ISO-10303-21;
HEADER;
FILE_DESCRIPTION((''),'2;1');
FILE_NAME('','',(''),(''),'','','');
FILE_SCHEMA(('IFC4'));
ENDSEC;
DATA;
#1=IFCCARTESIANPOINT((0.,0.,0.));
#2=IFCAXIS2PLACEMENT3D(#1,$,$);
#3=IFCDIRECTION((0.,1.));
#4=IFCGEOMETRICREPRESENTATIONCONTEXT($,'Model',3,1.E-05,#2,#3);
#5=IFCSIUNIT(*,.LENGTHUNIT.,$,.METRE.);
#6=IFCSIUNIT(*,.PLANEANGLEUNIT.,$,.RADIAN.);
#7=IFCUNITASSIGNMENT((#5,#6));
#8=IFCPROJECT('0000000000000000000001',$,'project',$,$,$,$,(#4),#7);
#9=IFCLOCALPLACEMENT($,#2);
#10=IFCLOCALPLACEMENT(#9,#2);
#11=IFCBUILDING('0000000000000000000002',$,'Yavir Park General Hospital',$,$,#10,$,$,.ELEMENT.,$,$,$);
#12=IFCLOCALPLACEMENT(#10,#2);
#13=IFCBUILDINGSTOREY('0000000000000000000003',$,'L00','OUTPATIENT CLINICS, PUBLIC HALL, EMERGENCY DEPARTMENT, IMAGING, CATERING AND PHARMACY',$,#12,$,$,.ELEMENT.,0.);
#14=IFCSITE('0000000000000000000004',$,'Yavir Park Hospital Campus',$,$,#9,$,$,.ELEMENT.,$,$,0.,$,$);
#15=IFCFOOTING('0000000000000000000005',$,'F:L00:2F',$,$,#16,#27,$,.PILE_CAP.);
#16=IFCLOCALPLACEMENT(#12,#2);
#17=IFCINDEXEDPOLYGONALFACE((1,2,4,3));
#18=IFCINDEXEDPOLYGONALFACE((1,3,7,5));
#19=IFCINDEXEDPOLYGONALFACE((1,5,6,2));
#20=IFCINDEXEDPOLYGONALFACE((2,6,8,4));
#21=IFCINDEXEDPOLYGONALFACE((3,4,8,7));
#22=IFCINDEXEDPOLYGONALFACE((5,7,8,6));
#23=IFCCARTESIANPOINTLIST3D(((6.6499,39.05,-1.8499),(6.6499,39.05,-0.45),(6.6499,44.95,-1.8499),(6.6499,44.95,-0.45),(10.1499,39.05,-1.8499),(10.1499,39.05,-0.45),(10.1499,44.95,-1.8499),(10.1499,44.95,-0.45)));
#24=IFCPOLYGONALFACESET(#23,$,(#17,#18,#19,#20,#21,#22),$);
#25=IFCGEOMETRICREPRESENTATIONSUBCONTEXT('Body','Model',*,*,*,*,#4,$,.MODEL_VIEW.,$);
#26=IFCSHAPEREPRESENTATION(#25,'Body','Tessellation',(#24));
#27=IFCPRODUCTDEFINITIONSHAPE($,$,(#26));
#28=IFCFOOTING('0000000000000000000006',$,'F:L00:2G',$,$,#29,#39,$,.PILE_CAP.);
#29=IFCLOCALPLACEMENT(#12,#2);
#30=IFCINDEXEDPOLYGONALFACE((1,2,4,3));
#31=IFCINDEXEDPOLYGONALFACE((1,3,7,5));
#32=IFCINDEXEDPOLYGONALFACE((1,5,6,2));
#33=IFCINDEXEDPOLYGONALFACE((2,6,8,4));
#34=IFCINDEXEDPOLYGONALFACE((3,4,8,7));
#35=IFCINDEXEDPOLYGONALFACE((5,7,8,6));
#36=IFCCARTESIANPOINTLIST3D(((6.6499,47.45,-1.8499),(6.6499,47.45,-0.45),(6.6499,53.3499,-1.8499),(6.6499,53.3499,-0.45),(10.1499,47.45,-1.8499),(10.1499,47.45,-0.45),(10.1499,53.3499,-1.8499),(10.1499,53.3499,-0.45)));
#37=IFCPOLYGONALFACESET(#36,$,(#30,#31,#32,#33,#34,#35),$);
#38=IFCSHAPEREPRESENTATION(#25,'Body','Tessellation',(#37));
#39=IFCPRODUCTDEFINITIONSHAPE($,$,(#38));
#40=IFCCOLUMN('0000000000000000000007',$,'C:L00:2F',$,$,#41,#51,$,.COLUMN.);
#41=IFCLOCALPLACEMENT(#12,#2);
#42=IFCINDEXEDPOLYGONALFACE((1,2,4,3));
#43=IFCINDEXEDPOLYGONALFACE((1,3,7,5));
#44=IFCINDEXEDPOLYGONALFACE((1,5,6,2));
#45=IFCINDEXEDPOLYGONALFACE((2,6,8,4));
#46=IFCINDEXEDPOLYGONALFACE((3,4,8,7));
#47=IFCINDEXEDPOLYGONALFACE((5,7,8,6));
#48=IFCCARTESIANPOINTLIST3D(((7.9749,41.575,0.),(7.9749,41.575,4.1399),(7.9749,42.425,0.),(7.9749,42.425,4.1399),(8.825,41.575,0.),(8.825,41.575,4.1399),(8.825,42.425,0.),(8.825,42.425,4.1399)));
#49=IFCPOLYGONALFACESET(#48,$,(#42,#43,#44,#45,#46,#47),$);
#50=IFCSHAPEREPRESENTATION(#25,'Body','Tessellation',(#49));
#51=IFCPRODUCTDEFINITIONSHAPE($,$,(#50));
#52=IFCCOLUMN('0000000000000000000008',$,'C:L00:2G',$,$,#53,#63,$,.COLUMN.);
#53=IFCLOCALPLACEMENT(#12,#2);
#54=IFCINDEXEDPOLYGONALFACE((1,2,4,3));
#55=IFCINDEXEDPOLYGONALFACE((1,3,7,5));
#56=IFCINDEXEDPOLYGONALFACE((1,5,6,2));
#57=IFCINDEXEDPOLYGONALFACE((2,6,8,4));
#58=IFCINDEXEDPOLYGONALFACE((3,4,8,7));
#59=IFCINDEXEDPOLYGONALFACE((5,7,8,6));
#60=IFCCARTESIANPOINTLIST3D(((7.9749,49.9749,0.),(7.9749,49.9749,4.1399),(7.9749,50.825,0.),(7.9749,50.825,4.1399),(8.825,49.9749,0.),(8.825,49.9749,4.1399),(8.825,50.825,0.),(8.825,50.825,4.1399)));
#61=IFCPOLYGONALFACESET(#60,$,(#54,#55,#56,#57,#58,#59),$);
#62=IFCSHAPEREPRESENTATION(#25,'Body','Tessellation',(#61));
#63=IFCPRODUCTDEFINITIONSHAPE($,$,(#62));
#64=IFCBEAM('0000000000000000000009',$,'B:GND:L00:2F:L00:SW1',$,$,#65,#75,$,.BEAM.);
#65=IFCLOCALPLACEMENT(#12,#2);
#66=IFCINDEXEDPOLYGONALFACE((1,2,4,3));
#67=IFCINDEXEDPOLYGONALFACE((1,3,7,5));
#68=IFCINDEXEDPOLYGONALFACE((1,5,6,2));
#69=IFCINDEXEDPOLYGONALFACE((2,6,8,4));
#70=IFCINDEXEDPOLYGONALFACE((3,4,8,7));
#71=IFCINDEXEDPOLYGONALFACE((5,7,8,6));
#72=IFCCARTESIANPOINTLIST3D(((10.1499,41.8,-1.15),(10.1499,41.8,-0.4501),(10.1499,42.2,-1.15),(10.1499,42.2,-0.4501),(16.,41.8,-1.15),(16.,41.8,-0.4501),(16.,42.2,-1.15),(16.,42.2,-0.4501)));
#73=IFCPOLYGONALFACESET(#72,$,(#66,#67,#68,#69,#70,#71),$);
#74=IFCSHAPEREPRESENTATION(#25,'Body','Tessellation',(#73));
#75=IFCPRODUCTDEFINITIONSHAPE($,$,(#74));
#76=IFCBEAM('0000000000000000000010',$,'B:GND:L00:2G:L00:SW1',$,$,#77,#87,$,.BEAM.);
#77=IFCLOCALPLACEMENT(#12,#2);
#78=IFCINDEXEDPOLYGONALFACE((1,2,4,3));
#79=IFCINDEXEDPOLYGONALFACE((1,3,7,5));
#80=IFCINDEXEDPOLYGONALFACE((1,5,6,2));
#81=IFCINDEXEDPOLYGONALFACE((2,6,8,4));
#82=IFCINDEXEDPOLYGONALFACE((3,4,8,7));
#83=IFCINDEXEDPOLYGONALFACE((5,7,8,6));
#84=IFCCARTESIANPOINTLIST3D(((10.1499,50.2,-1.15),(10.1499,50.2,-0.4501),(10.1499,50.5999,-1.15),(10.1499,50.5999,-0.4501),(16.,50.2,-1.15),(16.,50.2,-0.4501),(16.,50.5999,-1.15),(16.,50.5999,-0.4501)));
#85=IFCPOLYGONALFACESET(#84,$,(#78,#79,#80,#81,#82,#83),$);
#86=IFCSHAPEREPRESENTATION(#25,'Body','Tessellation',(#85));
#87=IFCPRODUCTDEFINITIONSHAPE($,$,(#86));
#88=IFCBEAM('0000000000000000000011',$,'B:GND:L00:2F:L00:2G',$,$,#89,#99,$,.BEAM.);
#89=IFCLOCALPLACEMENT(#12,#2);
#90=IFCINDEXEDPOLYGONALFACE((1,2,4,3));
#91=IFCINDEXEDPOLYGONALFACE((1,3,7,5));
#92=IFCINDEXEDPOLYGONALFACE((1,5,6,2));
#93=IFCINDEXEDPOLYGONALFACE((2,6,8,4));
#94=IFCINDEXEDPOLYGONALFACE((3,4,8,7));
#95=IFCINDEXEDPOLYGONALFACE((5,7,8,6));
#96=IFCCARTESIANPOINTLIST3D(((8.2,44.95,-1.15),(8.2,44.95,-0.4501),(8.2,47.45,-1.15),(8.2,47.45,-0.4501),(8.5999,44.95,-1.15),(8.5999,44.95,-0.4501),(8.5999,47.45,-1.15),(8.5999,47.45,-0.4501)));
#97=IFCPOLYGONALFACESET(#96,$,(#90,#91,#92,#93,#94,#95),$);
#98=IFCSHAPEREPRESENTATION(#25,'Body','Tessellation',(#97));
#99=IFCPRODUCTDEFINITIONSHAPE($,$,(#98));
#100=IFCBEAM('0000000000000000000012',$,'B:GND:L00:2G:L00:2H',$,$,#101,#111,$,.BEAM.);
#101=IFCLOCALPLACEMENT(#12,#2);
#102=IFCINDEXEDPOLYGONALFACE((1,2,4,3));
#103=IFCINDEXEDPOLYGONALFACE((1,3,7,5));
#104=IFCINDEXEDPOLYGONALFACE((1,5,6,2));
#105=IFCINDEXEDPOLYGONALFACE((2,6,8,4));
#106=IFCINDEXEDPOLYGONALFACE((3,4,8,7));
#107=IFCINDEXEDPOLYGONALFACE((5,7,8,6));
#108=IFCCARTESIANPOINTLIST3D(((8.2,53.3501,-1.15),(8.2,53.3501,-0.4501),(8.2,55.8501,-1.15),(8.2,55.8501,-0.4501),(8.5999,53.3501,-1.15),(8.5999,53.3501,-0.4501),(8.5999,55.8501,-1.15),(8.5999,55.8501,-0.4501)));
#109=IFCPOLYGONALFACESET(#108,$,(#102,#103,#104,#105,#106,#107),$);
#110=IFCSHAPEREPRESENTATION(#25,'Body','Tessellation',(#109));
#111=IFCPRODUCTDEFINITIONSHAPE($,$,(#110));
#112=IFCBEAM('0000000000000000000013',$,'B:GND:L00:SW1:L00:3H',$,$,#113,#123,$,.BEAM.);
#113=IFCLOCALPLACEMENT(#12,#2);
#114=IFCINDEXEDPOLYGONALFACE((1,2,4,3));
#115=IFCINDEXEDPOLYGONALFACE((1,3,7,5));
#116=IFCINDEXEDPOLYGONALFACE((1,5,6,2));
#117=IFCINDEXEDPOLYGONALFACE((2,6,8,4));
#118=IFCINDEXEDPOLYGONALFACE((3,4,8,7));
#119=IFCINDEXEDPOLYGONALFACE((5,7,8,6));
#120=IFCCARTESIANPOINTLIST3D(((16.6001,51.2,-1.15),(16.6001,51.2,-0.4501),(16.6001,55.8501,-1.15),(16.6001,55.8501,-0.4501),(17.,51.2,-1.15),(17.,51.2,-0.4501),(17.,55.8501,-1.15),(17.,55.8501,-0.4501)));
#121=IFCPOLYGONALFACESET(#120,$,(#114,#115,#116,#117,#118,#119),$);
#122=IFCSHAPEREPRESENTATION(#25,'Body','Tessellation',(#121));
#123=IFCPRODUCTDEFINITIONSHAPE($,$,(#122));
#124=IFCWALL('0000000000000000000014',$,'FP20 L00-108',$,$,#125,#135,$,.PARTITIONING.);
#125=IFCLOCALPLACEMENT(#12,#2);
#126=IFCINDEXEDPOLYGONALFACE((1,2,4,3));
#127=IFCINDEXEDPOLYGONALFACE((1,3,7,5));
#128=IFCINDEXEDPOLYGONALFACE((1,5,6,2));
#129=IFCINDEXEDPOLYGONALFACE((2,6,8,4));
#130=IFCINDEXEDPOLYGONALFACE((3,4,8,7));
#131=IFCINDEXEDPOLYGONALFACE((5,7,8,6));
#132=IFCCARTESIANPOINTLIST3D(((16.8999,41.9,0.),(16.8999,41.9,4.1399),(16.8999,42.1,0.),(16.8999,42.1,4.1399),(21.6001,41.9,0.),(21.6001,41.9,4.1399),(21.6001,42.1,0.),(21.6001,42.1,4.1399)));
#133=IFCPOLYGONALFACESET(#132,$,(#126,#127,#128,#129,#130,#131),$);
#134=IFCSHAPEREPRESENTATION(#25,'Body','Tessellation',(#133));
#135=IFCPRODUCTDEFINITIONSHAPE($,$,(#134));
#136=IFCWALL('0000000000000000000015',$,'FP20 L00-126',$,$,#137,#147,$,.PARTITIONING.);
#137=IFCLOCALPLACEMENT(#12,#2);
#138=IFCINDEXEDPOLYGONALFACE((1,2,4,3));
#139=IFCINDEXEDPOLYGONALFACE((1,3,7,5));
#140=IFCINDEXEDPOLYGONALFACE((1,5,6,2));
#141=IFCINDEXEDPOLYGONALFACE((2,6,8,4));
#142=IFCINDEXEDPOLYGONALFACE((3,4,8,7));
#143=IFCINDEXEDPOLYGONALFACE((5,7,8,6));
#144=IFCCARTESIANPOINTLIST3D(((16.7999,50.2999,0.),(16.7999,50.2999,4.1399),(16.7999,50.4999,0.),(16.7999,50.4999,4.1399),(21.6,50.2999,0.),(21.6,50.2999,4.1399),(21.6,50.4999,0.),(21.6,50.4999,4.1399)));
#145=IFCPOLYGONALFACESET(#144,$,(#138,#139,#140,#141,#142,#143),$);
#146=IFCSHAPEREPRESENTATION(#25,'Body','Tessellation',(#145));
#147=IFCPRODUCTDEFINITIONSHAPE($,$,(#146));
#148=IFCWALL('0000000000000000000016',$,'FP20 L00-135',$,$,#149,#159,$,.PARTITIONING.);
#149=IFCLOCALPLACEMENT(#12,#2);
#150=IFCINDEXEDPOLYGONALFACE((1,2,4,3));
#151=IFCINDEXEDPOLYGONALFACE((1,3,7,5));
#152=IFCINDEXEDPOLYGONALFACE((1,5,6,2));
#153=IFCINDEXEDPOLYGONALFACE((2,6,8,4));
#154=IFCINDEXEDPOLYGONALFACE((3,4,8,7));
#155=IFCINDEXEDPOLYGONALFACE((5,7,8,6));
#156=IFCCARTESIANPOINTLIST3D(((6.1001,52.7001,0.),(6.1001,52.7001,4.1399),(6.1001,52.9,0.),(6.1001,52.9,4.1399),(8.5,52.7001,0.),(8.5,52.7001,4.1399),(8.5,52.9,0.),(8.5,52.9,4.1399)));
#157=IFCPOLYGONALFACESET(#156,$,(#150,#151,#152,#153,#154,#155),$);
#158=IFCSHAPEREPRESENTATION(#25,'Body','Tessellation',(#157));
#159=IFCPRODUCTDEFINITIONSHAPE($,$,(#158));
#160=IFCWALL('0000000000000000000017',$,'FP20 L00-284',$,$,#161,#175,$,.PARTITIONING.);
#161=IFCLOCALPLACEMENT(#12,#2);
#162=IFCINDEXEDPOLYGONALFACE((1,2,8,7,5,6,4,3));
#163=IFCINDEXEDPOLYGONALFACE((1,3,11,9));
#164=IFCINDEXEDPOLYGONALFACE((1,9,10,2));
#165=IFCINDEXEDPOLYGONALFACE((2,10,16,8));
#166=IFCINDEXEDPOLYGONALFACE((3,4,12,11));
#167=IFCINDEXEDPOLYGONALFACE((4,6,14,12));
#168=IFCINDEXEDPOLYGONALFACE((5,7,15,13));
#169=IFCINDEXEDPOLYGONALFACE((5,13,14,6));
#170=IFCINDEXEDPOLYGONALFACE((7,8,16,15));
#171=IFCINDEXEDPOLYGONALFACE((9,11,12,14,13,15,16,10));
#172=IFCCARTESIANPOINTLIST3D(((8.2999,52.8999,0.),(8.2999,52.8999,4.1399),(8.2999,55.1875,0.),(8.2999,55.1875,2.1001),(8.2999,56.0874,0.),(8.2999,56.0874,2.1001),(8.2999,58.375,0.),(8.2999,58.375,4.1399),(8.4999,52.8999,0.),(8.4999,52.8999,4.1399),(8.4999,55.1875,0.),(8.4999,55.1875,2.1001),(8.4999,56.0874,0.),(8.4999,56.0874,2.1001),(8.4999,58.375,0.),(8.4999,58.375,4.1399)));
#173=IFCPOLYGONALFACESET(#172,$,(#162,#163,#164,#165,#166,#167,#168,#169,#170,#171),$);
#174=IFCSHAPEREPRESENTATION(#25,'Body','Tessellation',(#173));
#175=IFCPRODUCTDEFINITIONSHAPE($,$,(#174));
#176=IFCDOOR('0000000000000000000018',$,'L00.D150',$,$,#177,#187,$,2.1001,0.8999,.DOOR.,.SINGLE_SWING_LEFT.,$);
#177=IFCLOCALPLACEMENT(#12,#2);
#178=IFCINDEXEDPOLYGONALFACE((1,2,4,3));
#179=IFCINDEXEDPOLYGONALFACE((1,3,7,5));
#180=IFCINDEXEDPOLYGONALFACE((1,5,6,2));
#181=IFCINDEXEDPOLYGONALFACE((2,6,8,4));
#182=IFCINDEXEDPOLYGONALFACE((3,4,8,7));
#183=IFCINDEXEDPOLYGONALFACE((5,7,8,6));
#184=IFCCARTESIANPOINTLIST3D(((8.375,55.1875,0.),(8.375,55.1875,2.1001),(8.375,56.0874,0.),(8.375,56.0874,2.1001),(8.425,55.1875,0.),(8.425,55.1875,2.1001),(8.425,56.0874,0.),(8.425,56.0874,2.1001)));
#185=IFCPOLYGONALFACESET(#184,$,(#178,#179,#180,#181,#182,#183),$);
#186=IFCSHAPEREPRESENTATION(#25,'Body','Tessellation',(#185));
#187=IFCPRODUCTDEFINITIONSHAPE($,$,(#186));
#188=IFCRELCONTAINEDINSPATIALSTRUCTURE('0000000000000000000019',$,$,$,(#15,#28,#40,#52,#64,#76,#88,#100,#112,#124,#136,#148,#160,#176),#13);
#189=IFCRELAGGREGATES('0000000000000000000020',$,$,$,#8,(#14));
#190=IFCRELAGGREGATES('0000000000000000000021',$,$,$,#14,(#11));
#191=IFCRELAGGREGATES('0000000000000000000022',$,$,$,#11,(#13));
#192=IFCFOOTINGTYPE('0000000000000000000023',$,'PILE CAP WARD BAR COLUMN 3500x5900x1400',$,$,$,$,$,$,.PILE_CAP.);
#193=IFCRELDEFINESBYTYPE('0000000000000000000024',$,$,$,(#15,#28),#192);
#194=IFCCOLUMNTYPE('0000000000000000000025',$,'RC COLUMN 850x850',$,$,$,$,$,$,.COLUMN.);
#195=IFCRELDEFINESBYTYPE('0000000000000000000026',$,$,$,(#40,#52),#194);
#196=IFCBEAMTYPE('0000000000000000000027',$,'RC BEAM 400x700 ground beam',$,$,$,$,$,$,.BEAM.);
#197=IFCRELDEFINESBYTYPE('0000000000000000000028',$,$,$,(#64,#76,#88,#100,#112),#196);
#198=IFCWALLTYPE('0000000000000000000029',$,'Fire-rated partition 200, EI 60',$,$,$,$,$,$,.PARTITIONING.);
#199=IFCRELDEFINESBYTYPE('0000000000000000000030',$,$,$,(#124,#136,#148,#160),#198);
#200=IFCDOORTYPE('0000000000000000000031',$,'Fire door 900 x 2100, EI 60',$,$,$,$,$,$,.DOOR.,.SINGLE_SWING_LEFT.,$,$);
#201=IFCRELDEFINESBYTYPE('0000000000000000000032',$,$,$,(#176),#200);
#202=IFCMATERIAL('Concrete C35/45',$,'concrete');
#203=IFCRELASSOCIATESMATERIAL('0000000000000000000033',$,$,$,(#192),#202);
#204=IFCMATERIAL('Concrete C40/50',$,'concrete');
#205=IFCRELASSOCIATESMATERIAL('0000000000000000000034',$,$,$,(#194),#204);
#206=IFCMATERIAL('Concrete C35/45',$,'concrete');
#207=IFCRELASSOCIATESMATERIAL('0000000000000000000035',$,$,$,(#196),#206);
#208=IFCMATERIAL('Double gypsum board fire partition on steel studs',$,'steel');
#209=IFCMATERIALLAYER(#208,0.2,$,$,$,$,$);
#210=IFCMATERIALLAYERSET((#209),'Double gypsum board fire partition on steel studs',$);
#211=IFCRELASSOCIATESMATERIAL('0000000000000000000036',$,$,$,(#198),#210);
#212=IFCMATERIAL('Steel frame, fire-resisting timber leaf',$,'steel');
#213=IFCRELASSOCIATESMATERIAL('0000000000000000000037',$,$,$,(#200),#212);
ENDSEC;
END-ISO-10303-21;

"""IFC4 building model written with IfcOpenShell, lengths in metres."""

from ifc_helpers import new_model, si_unit, direction, frame, frame_2d, origin, origin_2d, place, context, subcontext, project, spatial, rectangle, extrude, material, layer, layer_set, material_profile, profile_set, type_object, element, fill, save


model = new_model("IFC4")

# Units and contexts
model_context = context("Model", 3, precision=1e-05, world=origin(), true_north=direction((0.0, 1.0)))
body_context = subcontext(model_context, "Body", "Model", "MODEL_VIEW")
ifc_project = project(units=[si_unit("LENGTHUNIT", "METRE"), si_unit("PLANEANGLEUNIT", "RADIAN")], contexts=[model_context])

# Site, building, storey
site_placement = place(None, origin())
site = spatial("IfcSite", under=ifc_project, at=site_placement, Name="Yavir Park Hospital Campus", CompositionType="ELEMENT", RefElevation=0.0)
building_placement = place(site_placement, origin())
building = spatial("IfcBuilding", under=site, at=building_placement, Name="Yavir Park General Hospital", CompositionType="ELEMENT")
storey_placement = place(building_placement, origin())
storey = spatial("IfcBuildingStorey", under=building, at=storey_placement, Name="L00", Description="OUTPATIENT CLINICS, PUBLIC HALL, EMERGENCY DEPARTMENT, IMAGING, CATERING AND PHARMACY", CompositionType="ELEMENT", Elevation=0.0)

# Footings
ifc_material_1 = material(Name="Concrete C35/45", Category="concrete")
footing_type = type_object("IfcFootingType", Name="PILE CAP WARD BAR COLUMN 3500x5900x1400", PredefinedType="PILE_CAP", material=ifc_material_1)
for number, where, z_axis, x_axis, name in (
    (1, (8.3999, 42.0, -1.8499), (0.0, 0.0, 1.0), (1.0, 0.0, 0.0), "F:L00:2F"),
    (2, (8.3999, 50.3999, -1.8499), (0.0, 0.0, 1.0), (1.0, 0.0, 0.0), "F:L00:2G"),
):
    element("IfcFooting", number, at=place(storey_placement, frame(where, z_axis=z_axis, x_axis=x_axis)), inside=storey, type_object=footing_type, Name=name, PredefinedType="PILE_CAP", context=body_context, shape_type="SweptSolid", body=[
        extrude(rectangle(XDim=3.5, YDim=5.8999, at=origin_2d()), origin(), (0.0, 0.0, 1.0), 1.3999),
    ])

# Columns
ifc_material_2 = material(Name="Concrete C40/50", Category="concrete")
ifc_material_profile_1 = material_profile(ifc_material_2, rectangle(XDim=0.8501, YDim=0.8501, at=origin_2d()), Name="RC850x850")
ifc_profile_set_1 = profile_set([ifc_material_profile_1], Name="Concrete C40/50")
column_type = type_object("IfcColumnType", Name="RC COLUMN 850x850", PredefinedType="COLUMN", material=ifc_profile_set_1)
for number, where, z_axis, x_axis, name in (
    (3, (8.3999, 42.0, 0.0), (0.0, 0.0, 1.0), (1.0, 0.0, 0.0), "C:L00:2F"),
    (4, (8.3999, 50.3999, 0.0), (0.0, 0.0, 1.0), (1.0, 0.0, 0.0), "C:L00:2G"),
):
    element("IfcColumn", number, at=place(storey_placement, frame(where, z_axis=z_axis, x_axis=x_axis)), inside=storey, type_object=column_type, Name=name, PredefinedType="COLUMN", context=body_context, shape_type="SweptSolid", body=[
        extrude(rectangle(XDim=0.8501, YDim=0.8501, at=origin_2d()), origin(), (0.0, 0.0, 1.0), 4.1399),
    ])

# Beams
ifc_material_3 = material(Name="Concrete C35/45", Category="concrete")
ifc_material_profile_2 = material_profile(ifc_material_3, rectangle(XDim=0.3999, YDim=0.7, at=origin_2d()), Name="RC400x700")
ifc_profile_set_2 = profile_set([ifc_material_profile_2], Name="Concrete C35/45")
beam_type = type_object("IfcBeamType", Name="RC BEAM 400x700 ground beam", PredefinedType="BEAM", material=ifc_profile_set_2)
for number, where, z_axis, x_axis, name in (
    (5, (10.1499, 42.0, -0.8), (1.0, 0.0, 0.0), (0.0, 1.0, 0.0), "B:GND:L00:2F:L00:SW1"),
    (6, (10.1499, 50.3999, -0.8), (1.0, 0.0, 0.0), (0.0, 1.0, 0.0), "B:GND:L00:2G:L00:SW1"),
):
    element("IfcBeam", number, at=place(storey_placement, frame(where, z_axis=z_axis, x_axis=x_axis)), inside=storey, type_object=beam_type, Name=name, PredefinedType="BEAM", context=body_context, shape_type="SweptSolid", body=[
        extrude(rectangle(XDim=0.3999, YDim=0.7, at=origin_2d()), origin(), (0.0, 0.0, 1.0), 5.8501),
    ])
for number, where, z_axis, x_axis, name in (
    (7, (8.3999, 44.95, -0.8), (0.0, 1.0, 0.0), (-1.0, 0.0, 0.0), "B:GND:L00:2F:L00:2G"),
    (8, (8.3999, 53.3501, -0.8), (0.0, 1.0, 0.0), (-1.0, 0.0, 0.0), "B:GND:L00:2G:L00:2H"),
):
    element("IfcBeam", number, at=place(storey_placement, frame(where, z_axis=z_axis, x_axis=x_axis)), inside=storey, type_object=beam_type, Name=name, PredefinedType="BEAM", context=body_context, shape_type="SweptSolid", body=[
        extrude(rectangle(XDim=0.3999, YDim=0.7, at=origin_2d()), origin(), (0.0, 0.0, 1.0), 2.5),
    ])
beam_placement = place(storey_placement, frame((16.8, 51.2, -0.8), z_axis=(0.0, 1.0, 0.0), x_axis=(-1.0, 0.0, 0.0)))
element("IfcBeam", 9, at=beam_placement, inside=storey, type_object=beam_type, Name="B:GND:L00:SW1:L00:3H", PredefinedType="BEAM", context=body_context, shape_type="SweptSolid", body=[
    extrude(rectangle(XDim=0.3999, YDim=0.7, at=origin_2d()), origin(), (0.0, 0.0, 1.0), 4.6501),
])

# Walls
ifc_material_4 = material(Name="Double gypsum board fire partition on steel studs", Category="steel")
ifc_layer_1 = layer(ifc_material_4, 0.2)
ifc_layer_set_1 = layer_set([ifc_layer_1], Name="Double gypsum board fire partition on steel studs")
wall_type_1 = type_object("IfcWallType", Name="Fire-rated partition 200, EI 60", PredefinedType="PARTITIONING", material=ifc_layer_set_1)
wall_1_placement = place(storey_placement, frame((16.8999, 42.0, 0.0), z_axis=(0.0, 0.0, 1.0), x_axis=(1.0, 0.0, 0.0)))
element("IfcWall", 10, at=wall_1_placement, inside=storey, type_object=wall_type_1, Name="FP20 L00-108", PredefinedType="PARTITIONING", context=body_context, shape_type="SweptSolid", body=[
    extrude(rectangle(XDim=4.7002, YDim=0.2, at=frame_2d((2.3501, 0.0))), origin(), (0.0, 0.0, 1.0), 4.1399),
])
wall_2_placement = place(storey_placement, frame((16.8, 50.3999, 0.0), z_axis=(0.0, 0.0, 1.0), x_axis=(1.0, 0.0, 0.0)))
element("IfcWall", 11, at=wall_2_placement, inside=storey, type_object=wall_type_1, Name="FP20 L00-126", PredefinedType="PARTITIONING", context=body_context, shape_type="SweptSolid", body=[
    extrude(rectangle(XDim=4.8, YDim=0.2, at=frame_2d((2.3999, 0.0))), origin(), (0.0, 0.0, 1.0), 4.1399),
])
wall_3_placement = place(storey_placement, frame((6.1001, 52.8, 0.0), z_axis=(0.0, 0.0, 1.0), x_axis=(1.0, 0.0, 0.0)))
element("IfcWall", 12, at=wall_3_placement, inside=storey, type_object=wall_type_1, Name="FP20 L00-135", PredefinedType="PARTITIONING", context=body_context, shape_type="SweptSolid", body=[
    extrude(rectangle(XDim=2.3999, YDim=0.2, at=frame_2d((1.2, 0.0))), origin(), (0.0, 0.0, 1.0), 4.1399),
])

# Wall, opening, door
wall_4_placement = place(storey_placement, frame((8.3999, 52.8999, 0.0), z_axis=(0.0, 0.0, 1.0), x_axis=(0.0, 1.0, 0.0)))
wall_4 = element("IfcWall", 13, at=wall_4_placement, inside=storey, type_object=wall_type_1, Name="FP20 L00-284", PredefinedType="PARTITIONING", context=body_context, shape_type="SweptSolid", body=[
    extrude(rectangle(XDim=5.4751, YDim=0.2, at=frame_2d((2.7375, 0.0))), origin(), (0.0, 0.0, 1.0), 4.1399),
])
opening_1_placement = place(wall_4_placement, frame((2.2876, 0.0, 0.0)))
opening_1 = element("IfcOpeningElement", 14, at=opening_1_placement, cuts=wall_4, PredefinedType="OPENING", context=body_context, shape_type="SweptSolid", body=[
    extrude(rectangle(XDim=0.8999, YDim=2.1001, at=frame_2d((0.45, 1.05))), frame((0.0, 0.1099, 0.0), z_axis=(0.0, -1.0, 0.0), x_axis=(1.0, 0.0, 0.0)), (0.0, 0.0, 1.0), 0.22),
])
ifc_material_5 = material(Name="Steel frame, fire-resisting timber leaf", Category="steel")
door_type_1 = type_object("IfcDoorType", Name="Fire door 900 x 2100, EI 60", OperationType="SINGLE_SWING_LEFT", PredefinedType="DOOR", material=ifc_material_5)
door_1_placement = place(opening_1_placement, origin())
door_1 = element("IfcDoor", 15, at=door_1_placement, inside=storey, type_object=door_type_1, Name="L00.D150", OperationType="SINGLE_SWING_LEFT", OverallHeight=2.1001, OverallWidth=0.8999, PredefinedType="DOOR", context=body_context, shape_type="SweptSolid", body=[
    extrude(rectangle(XDim=0.8999, YDim=2.1001, at=frame_2d((0.45, 1.05))), frame((0.0, 0.0249, 0.0), z_axis=(0.0, -1.0, 0.0), x_axis=(1.0, 0.0, 0.0)), (0.0, 0.0, 1.0), 0.05),
])
fill(opening_1, door_1)

save(model, "model.ifc")
